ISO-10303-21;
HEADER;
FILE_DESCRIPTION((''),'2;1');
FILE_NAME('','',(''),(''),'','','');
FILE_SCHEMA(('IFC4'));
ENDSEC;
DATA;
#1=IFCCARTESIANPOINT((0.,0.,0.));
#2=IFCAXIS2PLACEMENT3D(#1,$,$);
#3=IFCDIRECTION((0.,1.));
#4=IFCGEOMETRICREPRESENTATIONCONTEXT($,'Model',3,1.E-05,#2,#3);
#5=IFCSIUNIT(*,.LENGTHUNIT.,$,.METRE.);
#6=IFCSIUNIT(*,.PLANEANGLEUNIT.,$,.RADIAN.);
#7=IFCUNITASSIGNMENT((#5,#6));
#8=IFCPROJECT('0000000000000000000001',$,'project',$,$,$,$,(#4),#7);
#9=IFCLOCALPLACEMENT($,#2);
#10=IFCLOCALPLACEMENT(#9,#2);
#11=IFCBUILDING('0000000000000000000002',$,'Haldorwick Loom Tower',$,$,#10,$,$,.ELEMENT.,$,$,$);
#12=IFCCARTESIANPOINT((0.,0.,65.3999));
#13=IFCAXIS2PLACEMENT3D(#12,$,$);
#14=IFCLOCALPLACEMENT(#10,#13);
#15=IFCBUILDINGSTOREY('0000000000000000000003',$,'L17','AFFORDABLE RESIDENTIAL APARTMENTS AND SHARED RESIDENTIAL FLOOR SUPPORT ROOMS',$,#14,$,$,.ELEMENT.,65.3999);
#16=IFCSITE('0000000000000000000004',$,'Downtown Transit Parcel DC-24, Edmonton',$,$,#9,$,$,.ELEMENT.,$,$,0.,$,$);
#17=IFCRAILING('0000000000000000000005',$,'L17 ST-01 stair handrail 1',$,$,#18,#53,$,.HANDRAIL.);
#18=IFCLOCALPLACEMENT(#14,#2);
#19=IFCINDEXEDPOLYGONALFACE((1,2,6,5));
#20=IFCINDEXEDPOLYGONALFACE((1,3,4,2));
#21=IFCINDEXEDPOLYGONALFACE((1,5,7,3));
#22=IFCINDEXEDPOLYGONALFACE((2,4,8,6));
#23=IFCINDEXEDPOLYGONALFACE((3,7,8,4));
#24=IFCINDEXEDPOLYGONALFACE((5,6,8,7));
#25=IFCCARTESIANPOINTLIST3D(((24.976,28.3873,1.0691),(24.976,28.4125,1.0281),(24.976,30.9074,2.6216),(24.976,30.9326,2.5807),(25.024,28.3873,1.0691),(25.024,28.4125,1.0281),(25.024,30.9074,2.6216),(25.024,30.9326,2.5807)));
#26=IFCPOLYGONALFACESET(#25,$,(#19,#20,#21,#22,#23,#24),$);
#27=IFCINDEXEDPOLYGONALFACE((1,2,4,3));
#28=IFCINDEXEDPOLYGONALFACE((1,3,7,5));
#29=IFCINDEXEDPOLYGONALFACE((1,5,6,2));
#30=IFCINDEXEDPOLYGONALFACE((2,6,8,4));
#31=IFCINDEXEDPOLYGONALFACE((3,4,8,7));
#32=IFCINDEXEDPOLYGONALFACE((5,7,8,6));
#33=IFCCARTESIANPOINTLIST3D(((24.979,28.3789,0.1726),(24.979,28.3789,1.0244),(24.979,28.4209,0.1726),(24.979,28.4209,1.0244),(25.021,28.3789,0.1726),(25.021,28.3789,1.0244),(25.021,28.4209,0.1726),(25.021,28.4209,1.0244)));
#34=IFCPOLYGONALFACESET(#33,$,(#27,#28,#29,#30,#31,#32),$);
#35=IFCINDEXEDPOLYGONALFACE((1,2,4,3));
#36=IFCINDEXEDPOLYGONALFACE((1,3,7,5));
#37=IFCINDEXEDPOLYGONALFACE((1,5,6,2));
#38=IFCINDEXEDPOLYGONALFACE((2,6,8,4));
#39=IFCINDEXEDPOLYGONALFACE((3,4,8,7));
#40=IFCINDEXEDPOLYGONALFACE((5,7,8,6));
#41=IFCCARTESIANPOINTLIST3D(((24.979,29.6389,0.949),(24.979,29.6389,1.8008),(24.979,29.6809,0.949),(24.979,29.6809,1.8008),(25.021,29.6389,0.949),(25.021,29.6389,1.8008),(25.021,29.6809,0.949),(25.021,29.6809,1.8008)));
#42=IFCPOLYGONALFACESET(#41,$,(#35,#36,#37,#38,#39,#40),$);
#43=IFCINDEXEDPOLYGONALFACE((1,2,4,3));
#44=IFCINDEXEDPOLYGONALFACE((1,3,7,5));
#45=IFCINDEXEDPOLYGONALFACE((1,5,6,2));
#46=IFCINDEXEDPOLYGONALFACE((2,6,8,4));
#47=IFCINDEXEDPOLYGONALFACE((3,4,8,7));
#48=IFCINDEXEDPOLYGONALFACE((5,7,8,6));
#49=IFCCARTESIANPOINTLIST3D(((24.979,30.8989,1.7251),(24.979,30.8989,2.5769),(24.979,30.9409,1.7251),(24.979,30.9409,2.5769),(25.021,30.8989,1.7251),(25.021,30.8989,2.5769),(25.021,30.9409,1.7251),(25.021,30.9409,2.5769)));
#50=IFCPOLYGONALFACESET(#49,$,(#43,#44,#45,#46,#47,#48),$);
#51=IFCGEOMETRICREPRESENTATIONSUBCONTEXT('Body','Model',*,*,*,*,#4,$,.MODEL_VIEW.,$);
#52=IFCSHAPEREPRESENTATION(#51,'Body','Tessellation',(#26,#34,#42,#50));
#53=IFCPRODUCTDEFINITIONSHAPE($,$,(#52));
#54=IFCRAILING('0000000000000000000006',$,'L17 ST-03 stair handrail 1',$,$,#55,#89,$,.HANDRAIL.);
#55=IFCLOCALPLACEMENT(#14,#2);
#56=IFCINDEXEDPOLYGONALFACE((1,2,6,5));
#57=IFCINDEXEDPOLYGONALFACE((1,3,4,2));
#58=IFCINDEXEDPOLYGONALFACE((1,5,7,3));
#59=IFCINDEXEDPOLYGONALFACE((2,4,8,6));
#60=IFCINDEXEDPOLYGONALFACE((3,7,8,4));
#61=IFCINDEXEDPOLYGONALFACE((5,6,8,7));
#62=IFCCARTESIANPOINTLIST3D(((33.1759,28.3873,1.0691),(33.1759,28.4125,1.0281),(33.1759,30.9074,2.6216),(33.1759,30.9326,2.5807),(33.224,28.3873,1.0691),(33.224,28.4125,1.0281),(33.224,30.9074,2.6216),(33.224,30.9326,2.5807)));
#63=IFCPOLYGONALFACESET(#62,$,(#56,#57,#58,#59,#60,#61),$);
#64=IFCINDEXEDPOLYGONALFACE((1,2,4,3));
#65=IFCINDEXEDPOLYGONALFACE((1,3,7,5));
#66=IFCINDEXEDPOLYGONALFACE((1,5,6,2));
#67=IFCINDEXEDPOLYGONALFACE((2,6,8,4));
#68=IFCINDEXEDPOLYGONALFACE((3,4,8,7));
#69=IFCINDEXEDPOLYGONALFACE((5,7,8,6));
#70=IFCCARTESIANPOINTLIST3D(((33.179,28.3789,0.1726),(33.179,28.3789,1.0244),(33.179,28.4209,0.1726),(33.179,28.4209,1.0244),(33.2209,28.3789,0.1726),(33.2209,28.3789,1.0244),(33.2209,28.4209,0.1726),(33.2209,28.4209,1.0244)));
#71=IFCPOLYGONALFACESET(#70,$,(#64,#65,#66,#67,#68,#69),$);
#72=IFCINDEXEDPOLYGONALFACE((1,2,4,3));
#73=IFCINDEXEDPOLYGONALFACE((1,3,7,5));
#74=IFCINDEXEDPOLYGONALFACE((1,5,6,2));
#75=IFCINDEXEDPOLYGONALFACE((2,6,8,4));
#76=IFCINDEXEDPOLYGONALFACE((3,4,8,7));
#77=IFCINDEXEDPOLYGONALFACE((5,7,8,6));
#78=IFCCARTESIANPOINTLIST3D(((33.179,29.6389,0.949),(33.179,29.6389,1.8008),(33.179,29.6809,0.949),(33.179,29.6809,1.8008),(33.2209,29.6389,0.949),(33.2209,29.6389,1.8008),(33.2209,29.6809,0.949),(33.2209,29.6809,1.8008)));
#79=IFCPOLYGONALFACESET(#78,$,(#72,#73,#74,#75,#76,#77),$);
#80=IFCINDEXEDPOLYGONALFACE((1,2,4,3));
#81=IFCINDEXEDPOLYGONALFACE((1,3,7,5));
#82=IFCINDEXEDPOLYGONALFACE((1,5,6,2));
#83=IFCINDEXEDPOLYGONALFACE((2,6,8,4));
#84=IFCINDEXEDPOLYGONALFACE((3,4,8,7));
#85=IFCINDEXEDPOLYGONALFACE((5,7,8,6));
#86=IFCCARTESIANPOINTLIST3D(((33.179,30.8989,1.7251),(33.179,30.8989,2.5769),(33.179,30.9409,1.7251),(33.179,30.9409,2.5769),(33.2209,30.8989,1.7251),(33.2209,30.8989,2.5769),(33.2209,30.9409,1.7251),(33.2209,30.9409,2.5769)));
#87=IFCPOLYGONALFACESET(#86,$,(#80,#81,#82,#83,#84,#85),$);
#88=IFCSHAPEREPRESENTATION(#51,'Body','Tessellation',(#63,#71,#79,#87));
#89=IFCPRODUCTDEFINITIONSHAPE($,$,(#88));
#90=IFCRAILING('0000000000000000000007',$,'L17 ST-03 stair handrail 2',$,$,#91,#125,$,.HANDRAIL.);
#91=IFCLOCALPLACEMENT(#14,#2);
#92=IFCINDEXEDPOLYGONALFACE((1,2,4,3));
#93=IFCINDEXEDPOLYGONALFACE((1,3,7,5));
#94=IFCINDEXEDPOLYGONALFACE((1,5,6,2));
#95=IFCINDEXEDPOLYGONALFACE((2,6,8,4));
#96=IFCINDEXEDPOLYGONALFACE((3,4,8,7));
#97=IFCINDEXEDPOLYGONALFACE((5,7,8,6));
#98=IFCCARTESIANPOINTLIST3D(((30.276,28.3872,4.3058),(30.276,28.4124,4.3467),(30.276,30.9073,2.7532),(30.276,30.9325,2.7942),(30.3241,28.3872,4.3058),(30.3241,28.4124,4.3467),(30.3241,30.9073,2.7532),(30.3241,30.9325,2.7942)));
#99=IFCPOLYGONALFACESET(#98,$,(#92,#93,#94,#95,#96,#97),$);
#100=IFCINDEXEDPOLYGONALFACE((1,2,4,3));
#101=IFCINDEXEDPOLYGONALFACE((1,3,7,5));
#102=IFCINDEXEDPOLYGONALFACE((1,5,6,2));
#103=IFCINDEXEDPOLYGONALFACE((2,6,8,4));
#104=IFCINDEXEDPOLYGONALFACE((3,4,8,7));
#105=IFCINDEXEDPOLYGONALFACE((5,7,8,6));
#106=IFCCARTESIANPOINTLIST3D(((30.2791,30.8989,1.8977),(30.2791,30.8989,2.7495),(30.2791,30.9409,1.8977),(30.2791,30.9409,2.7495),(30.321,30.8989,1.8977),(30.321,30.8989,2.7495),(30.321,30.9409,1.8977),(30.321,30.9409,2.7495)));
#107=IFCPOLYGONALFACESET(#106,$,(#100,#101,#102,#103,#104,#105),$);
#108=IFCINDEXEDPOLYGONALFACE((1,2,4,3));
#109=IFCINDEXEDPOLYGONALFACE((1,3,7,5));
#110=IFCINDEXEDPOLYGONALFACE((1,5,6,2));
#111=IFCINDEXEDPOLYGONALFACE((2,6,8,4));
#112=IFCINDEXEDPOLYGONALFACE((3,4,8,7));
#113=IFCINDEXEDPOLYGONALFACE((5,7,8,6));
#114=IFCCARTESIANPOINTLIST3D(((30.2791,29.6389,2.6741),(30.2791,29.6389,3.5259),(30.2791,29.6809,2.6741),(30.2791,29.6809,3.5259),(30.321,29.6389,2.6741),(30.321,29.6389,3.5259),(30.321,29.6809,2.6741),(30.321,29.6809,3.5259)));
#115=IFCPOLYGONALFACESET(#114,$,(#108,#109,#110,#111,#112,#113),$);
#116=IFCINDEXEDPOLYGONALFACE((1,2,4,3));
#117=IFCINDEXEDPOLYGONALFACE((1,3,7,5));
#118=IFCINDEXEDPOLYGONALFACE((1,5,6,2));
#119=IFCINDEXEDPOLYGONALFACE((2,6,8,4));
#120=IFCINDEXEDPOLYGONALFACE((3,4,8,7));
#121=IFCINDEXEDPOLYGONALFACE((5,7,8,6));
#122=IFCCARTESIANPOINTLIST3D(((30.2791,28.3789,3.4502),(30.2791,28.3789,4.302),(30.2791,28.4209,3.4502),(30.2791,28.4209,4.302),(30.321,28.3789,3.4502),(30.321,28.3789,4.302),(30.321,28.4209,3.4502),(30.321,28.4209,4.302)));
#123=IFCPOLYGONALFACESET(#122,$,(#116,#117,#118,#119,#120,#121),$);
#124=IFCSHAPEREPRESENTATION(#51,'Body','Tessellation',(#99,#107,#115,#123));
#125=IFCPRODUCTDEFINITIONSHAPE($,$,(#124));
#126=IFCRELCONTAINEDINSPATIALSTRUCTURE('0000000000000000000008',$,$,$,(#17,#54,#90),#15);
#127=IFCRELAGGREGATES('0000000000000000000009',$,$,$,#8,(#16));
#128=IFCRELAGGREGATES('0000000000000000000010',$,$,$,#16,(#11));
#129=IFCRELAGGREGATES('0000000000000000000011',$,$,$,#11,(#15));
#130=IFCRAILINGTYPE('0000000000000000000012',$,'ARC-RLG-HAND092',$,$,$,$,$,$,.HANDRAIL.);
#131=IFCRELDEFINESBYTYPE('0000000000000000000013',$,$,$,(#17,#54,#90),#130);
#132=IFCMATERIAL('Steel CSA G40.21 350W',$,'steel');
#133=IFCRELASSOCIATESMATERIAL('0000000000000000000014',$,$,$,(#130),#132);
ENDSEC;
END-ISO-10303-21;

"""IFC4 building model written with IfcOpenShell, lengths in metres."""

from ifc_helpers import new_model, si_unit, direction, frame, origin, origin_2d, place, context, subcontext, project, spatial, rectangle, extrude, material, type_object, element, save


model = new_model("IFC4")

# Units and contexts
model_context = context("Model", 3, precision=1e-05, world=origin(), true_north=direction((0.0, 1.0)))
body_context = subcontext(model_context, "Body", "Model", "MODEL_VIEW")
ifc_project = project(units=[si_unit("LENGTHUNIT", "METRE"), si_unit("PLANEANGLEUNIT", "RADIAN")], contexts=[model_context])

# Site, building, storey
site_placement = place(None, origin())
site = spatial("IfcSite", under=ifc_project, at=site_placement, Name="Downtown Transit Parcel DC-24, Edmonton", CompositionType="ELEMENT", RefElevation=0.0)
building_placement = place(site_placement, origin())
building = spatial("IfcBuilding", under=site, at=building_placement, Name="Haldorwick Loom Tower", CompositionType="ELEMENT")
storey_placement = place(building_placement, frame((0.0, 0.0, 65.3999)))
storey = spatial("IfcBuildingStorey", under=building, at=storey_placement, Name="L17", Description="AFFORDABLE RESIDENTIAL APARTMENTS AND SHARED RESIDENTIAL FLOOR SUPPORT ROOMS", CompositionType="ELEMENT", Elevation=65.3999)

# Shared definitions
ifc_material_1 = material(Name="Steel CSA G40.21 350W", Category="steel")

# Railings
railing_type_1 = type_object("IfcRailingType", Name="ARC-RLG-HAND092", PredefinedType="HANDRAIL", material=ifc_material_1)
for number, where, name in (
    (1, (25.0, 28.3999, 0.1726), "L17 ST-01 stair handrail 1"),
    (2, (33.2, 28.3999, 0.1726), "L17 ST-03 stair handrail 1"),
):
    element("IfcRailing", number, at=place(storey_placement, frame(where)), inside=storey, type_object=railing_type_1, Name=name, PredefinedType="HANDRAIL", context=body_context, shape_type="SweptSolid", body=[
        extrude(rectangle(XDim=0.0481, YDim=0.0481, at=origin_2d()), frame((0.0, 0.0, 0.876), z_axis=(0.0, 0.8514, 0.524516), x_axis=(-1.0, 0.0, 0.0)), (0.0, 0.0, 1.0), 2.96),
        extrude(rectangle(XDim=0.042, YDim=0.042, at=origin_2d()), origin(), (0.0, 0.0, 1.0), 0.8518),
        extrude(rectangle(XDim=0.042, YDim=0.042, at=origin_2d()), frame((0.0, 1.26, 0.7764)), (0.0, 0.0, 1.0), 0.8518),
        extrude(rectangle(XDim=0.042, YDim=0.042, at=origin_2d()), frame((0.0, 2.52, 1.5525)), (0.0, 0.0, 1.0), 0.8518),
    ])
railing_1_placement = place(storey_placement, frame((30.3, 30.9199, 1.8977)))
element("IfcRailing", 3, at=railing_1_placement, inside=storey, type_object=railing_type_1, Name="L17 ST-03 stair handrail 2", PredefinedType="HANDRAIL", context=body_context, shape_type="SweptSolid", body=[
    extrude(rectangle(XDim=0.0481, YDim=0.0481, at=origin_2d()), frame((0.0, 0.0, 0.876), z_axis=(0.0, -0.8514, 0.524516), x_axis=(1.0, 0.0, 0.0)), (0.0, 0.0, 1.0), 2.96),
    extrude(rectangle(XDim=0.042, YDim=0.042, at=origin_2d()), origin(), (0.0, 0.0, 1.0), 0.8518),
    extrude(rectangle(XDim=0.042, YDim=0.042, at=origin_2d()), frame((0.0, -1.26, 0.7764)), (0.0, 0.0, 1.0), 0.8518),
    extrude(rectangle(XDim=0.042, YDim=0.042, at=origin_2d()), frame((0.0, -2.52, 1.5525)), (0.0, 0.0, 1.0), 0.8518),
])

save(model, "model.ifc")
